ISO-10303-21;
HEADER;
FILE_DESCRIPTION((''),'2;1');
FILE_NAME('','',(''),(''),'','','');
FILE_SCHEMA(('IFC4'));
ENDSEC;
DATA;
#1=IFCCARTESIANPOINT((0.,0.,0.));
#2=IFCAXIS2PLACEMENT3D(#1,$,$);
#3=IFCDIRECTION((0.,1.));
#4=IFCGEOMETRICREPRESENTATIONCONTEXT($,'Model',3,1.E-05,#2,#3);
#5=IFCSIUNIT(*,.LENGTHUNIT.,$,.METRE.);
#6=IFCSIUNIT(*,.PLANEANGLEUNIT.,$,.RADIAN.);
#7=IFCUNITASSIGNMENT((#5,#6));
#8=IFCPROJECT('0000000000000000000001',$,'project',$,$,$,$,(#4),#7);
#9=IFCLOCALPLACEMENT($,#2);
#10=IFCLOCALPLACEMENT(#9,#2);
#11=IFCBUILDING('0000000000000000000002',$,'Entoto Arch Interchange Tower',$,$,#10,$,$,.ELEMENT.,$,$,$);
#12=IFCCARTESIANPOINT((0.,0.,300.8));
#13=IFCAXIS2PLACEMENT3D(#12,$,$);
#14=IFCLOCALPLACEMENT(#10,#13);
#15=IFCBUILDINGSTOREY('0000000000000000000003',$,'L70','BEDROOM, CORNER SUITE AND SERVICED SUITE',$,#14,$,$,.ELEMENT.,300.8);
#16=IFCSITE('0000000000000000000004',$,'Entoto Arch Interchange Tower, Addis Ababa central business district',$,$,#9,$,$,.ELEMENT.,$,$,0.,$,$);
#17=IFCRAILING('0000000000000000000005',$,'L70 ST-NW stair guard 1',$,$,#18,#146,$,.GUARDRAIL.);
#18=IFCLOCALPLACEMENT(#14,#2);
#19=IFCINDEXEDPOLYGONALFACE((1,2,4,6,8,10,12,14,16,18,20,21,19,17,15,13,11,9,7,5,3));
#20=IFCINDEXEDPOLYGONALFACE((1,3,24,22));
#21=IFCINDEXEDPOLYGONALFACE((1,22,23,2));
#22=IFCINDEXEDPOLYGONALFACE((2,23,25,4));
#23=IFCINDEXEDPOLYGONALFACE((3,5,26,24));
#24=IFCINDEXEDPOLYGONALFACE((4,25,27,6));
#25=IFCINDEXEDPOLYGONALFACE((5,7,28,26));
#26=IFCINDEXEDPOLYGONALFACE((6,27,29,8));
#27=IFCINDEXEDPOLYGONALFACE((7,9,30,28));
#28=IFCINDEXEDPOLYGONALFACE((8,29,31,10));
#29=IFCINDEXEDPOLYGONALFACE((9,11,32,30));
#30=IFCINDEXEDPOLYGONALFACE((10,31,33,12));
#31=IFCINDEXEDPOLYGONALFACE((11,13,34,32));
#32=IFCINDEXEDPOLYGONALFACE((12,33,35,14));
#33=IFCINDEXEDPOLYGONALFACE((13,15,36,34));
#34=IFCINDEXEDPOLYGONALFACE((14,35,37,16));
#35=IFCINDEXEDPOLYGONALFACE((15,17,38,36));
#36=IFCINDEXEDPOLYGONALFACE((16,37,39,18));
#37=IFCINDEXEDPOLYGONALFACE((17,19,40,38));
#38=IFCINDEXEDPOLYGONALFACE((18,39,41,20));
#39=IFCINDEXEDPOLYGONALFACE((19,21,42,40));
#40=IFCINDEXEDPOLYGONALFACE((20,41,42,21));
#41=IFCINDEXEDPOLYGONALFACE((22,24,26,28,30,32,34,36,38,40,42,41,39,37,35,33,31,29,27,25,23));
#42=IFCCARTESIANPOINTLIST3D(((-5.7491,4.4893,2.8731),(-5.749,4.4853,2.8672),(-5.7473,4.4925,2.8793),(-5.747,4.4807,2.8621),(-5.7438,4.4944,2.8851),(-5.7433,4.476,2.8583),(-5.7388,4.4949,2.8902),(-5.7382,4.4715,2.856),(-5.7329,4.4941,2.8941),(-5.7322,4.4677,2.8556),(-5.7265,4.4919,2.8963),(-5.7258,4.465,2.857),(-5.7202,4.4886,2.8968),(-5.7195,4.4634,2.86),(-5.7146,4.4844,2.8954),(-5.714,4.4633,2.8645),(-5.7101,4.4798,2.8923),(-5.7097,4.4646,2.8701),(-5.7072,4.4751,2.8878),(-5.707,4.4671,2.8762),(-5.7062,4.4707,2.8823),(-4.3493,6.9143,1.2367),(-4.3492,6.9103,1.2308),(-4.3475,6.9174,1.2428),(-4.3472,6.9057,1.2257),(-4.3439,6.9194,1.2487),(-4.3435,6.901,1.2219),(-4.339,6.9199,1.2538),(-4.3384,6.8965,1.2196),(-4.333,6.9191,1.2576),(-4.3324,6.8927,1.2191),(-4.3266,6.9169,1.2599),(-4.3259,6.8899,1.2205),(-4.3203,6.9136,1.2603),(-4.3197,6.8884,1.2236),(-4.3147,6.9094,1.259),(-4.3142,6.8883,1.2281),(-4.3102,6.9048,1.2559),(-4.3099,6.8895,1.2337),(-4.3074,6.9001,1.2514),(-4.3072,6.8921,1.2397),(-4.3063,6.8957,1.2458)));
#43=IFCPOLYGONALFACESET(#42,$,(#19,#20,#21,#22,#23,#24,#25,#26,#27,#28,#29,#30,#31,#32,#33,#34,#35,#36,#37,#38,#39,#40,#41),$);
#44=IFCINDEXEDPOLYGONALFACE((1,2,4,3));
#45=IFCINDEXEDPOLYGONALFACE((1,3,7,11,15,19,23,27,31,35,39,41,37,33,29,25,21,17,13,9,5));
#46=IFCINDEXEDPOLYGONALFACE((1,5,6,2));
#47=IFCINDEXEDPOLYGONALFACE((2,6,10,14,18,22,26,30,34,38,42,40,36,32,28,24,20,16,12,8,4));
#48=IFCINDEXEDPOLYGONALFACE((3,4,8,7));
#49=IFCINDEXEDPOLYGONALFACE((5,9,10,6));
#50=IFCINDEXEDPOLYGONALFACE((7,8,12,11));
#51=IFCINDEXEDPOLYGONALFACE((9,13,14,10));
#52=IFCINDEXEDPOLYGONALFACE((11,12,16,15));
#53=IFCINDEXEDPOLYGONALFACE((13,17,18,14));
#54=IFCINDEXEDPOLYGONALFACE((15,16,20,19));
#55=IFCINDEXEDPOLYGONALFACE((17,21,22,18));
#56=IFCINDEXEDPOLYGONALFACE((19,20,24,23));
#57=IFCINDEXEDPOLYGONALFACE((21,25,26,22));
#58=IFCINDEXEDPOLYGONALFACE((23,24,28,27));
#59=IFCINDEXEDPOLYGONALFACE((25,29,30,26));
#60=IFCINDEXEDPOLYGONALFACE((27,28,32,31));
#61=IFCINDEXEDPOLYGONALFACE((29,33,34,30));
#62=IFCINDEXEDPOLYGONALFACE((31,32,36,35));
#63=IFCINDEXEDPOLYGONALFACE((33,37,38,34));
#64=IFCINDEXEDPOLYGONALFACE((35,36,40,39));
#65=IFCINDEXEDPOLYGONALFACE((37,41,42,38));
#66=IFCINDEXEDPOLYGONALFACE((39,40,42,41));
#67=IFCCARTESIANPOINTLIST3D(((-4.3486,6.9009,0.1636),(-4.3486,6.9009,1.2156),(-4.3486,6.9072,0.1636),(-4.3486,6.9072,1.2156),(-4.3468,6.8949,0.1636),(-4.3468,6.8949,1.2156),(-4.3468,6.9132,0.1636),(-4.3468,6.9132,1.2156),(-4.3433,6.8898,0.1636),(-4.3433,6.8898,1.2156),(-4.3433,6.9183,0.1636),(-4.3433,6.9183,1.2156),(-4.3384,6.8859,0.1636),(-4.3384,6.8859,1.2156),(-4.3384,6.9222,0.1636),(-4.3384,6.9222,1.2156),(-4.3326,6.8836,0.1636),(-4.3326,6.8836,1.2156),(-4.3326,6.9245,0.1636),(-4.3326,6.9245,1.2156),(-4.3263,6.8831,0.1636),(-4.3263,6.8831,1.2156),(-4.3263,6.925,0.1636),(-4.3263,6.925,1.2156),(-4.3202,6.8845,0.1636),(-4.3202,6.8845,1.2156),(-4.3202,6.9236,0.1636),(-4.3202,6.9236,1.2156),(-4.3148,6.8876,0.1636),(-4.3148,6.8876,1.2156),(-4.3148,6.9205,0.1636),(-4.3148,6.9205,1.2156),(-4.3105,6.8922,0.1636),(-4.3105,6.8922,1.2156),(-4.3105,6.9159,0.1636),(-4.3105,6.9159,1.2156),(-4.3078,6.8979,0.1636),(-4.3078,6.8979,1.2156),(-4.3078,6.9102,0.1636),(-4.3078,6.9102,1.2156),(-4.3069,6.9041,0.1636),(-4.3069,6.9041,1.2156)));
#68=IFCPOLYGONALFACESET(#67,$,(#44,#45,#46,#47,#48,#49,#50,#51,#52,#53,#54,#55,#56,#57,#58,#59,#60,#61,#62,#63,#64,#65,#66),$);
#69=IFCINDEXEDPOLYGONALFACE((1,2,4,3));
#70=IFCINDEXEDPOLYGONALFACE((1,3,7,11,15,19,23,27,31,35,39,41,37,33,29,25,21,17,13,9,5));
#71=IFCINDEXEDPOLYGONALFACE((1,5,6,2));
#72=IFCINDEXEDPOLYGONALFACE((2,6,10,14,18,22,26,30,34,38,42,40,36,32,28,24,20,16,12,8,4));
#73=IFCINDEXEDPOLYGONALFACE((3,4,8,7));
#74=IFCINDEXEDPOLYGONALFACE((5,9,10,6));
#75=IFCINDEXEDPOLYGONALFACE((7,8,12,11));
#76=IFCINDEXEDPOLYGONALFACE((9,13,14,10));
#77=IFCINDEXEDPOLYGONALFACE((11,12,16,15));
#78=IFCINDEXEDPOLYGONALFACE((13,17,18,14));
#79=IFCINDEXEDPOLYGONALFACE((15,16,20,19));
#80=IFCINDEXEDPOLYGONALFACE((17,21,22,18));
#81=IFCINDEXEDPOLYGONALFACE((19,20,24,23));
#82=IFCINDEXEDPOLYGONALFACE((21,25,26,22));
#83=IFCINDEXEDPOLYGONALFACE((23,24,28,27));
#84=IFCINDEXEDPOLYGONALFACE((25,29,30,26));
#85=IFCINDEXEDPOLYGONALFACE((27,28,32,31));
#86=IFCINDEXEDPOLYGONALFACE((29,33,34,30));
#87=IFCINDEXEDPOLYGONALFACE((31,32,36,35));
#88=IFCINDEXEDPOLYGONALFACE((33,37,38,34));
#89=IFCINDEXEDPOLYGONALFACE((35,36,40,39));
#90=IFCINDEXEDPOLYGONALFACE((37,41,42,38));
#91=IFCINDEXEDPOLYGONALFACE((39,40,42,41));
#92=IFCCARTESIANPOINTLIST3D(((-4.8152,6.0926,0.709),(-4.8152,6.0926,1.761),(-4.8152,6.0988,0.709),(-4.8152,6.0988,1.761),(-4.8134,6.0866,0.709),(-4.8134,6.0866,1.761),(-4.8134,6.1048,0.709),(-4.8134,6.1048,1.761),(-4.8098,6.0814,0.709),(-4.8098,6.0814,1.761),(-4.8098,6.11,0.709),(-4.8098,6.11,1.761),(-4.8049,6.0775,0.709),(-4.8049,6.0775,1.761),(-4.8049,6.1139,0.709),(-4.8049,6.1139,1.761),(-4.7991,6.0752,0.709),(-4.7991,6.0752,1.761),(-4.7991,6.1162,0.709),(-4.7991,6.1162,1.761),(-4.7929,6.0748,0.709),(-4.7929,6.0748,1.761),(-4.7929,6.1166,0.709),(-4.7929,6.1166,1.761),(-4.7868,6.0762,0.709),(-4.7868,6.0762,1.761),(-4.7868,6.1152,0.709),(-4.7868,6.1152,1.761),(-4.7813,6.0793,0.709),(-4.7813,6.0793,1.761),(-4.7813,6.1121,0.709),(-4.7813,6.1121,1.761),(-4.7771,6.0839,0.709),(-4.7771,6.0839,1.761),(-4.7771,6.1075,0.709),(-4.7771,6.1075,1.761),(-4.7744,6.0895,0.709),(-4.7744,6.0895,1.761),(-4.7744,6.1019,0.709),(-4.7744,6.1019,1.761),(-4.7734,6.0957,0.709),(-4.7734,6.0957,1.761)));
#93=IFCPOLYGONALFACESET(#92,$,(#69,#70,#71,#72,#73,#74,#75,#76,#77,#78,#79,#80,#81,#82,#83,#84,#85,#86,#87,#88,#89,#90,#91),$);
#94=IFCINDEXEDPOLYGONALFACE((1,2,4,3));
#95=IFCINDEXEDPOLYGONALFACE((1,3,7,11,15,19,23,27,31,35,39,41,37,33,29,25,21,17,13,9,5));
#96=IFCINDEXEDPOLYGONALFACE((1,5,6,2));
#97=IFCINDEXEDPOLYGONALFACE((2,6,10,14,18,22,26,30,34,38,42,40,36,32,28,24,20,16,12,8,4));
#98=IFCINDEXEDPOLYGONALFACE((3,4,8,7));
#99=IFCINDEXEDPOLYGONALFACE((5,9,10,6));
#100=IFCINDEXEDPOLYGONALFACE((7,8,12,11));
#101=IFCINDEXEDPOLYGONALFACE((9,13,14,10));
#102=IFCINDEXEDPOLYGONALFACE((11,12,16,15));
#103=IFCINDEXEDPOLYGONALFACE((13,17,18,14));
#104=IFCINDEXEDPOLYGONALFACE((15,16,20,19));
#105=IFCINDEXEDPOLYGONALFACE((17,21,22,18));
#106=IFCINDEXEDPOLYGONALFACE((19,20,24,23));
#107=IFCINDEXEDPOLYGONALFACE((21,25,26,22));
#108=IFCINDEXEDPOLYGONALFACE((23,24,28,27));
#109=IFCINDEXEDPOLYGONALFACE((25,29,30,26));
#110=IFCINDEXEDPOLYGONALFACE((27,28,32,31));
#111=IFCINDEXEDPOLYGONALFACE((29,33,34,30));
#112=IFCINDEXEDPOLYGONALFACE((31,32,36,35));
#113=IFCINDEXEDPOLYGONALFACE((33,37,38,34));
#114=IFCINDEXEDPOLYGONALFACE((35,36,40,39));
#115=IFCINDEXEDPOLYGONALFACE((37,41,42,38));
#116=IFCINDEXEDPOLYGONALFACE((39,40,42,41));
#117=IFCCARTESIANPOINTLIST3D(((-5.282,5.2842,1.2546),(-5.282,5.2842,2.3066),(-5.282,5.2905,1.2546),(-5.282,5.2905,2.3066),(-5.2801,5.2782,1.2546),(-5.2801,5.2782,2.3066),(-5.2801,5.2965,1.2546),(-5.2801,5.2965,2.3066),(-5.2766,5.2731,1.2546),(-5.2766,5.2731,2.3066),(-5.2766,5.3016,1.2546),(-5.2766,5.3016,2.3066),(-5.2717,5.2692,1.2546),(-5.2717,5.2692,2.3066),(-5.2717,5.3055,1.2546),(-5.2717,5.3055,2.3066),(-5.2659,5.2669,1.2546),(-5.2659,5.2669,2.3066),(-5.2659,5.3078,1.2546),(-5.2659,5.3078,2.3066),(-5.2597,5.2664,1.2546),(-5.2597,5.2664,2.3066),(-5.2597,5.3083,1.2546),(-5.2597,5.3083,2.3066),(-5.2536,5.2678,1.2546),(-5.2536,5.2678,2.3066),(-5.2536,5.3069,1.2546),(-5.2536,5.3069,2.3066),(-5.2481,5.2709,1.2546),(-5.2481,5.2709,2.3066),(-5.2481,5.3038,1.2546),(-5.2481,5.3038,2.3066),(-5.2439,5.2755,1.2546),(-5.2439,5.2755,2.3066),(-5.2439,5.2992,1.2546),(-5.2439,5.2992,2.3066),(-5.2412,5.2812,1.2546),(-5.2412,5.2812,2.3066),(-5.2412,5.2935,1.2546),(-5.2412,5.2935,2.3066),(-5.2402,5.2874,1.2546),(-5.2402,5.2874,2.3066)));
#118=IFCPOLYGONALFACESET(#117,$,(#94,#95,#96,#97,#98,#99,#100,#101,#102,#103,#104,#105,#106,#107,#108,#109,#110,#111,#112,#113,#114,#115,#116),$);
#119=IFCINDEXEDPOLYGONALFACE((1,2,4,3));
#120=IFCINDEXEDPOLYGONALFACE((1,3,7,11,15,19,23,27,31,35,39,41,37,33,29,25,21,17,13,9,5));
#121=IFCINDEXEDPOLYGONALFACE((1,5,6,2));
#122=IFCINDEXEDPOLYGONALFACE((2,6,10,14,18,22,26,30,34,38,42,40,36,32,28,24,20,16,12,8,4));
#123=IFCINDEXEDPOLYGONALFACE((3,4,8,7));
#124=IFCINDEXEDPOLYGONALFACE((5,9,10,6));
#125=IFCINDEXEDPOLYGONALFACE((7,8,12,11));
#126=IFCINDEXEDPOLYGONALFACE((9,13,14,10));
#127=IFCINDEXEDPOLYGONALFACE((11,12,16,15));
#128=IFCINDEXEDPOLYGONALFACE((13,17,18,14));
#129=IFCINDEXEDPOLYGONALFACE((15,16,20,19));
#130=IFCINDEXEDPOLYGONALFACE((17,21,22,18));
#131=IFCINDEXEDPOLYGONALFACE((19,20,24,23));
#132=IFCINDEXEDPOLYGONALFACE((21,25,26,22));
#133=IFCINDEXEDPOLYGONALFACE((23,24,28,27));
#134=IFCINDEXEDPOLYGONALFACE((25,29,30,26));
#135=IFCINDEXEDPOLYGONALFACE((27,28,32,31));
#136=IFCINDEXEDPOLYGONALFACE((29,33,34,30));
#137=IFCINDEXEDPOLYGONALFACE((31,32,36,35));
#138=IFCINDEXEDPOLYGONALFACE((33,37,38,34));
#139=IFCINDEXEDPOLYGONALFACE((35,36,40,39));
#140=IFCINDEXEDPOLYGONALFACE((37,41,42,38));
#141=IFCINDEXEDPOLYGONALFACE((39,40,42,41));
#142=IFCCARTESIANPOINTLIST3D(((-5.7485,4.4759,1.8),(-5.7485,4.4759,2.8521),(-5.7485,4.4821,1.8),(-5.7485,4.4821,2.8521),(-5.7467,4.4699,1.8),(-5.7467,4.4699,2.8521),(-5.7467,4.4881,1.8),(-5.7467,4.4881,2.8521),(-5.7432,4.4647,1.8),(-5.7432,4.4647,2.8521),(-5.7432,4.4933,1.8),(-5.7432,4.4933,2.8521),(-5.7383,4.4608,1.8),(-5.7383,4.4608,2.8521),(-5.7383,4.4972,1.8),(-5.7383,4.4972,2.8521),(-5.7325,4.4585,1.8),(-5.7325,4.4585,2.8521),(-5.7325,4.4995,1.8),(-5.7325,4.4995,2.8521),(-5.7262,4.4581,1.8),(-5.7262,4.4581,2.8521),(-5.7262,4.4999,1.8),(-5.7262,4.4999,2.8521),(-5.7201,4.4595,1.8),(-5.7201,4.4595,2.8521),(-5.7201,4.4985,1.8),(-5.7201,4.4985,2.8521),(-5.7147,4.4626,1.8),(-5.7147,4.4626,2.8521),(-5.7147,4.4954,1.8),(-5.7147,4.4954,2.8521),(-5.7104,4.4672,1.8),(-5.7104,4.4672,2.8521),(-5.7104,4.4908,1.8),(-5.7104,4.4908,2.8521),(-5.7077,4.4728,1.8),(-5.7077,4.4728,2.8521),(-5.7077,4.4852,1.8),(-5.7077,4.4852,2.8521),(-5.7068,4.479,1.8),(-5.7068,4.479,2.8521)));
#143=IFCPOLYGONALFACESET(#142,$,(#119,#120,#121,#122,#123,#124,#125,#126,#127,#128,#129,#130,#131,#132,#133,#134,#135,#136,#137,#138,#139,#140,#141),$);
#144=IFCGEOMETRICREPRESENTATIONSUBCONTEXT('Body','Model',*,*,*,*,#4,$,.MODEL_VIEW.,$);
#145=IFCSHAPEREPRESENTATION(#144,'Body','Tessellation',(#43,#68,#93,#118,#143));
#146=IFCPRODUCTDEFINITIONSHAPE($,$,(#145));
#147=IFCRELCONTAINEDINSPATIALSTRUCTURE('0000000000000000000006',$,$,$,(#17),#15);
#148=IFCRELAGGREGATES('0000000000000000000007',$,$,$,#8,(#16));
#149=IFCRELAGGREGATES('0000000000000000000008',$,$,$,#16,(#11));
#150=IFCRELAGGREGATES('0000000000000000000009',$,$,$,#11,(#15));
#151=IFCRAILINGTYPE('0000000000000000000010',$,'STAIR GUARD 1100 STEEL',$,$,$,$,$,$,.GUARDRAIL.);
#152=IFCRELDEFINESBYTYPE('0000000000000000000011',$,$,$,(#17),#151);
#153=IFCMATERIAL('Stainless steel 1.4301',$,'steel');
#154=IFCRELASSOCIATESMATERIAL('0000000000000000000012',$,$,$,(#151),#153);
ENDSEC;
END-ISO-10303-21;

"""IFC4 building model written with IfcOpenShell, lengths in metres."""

from ifc_helpers import new_model, si_unit, direction, frame, origin, origin_2d, place, context, subcontext, project, spatial, circle, extrude, material, type_object, element, save


model = new_model("IFC4")

# Units and contexts
model_context = context("Model", 3, precision=1e-05, world=origin(), true_north=direction((0.0, 1.0)))
body_context = subcontext(model_context, "Body", "Model", "MODEL_VIEW")
ifc_project = project(units=[si_unit("LENGTHUNIT", "METRE"), si_unit("PLANEANGLEUNIT", "RADIAN")], contexts=[model_context])

# Site, building, storey
site_placement = place(None, origin())
site = spatial("IfcSite", under=ifc_project, at=site_placement, Name="Entoto Arch Interchange Tower, Addis Ababa central business district", CompositionType="ELEMENT", RefElevation=0.0)
building_placement = place(site_placement, origin())
building = spatial("IfcBuilding", under=site, at=building_placement, Name="Entoto Arch Interchange Tower", CompositionType="ELEMENT")
storey_placement = place(building_placement, frame((0.0, 0.0, 300.8)))
storey = spatial("IfcBuildingStorey", under=building, at=storey_placement, Name="L70", Description="BEDROOM, CORNER SUITE AND SERVICED SUITE", CompositionType="ELEMENT", Elevation=300.8)

# Railing
ifc_material_1 = material(Name="Stainless steel 1.4301", Category="steel")
railing_type_1 = type_object("IfcRailingType", Name="STAIR GUARD 1100 STEEL", PredefinedType="GUARDRAIL", material=ifc_material_1)
railing_1_placement = place(storey_placement, frame((-4.3279, 6.9041, 0.1636)))
element("IfcRailing", 1, at=railing_1_placement, inside=storey, type_object=railing_type_1, Name="L70 ST-NW stair guard 1", PredefinedType="GUARDRAIL", context=body_context, shape_type="SweptSolid", body=[
    extrude(circle(Radius=0.0239, at=origin_2d()), frame((0.0, 0.0, 1.0762), z_axis=(-0.431636, -0.747723, 0.504579), x_axis=(0.866056, -0.499946, 0.0)), (0.0, 0.0, 1.0), 3.2432),
    extrude(circle(Radius=0.021, at=origin_2d()), origin(), (0.0, 0.0, 1.0), 1.052),
    extrude(circle(Radius=0.021, at=origin_2d()), frame((-0.4666, -0.8083, 0.5454)), (0.0, 0.0, 1.0), 1.052),
    extrude(circle(Radius=0.021, at=origin_2d()), frame((-0.9333, -1.6167, 1.0911)), (0.0, 0.0, 1.0), 1.052),
    extrude(circle(Radius=0.021, at=origin_2d()), frame((-1.3999, -2.425, 1.6365)), (0.0, 0.0, 1.0), 1.052),
])

save(model, "model.ifc")
